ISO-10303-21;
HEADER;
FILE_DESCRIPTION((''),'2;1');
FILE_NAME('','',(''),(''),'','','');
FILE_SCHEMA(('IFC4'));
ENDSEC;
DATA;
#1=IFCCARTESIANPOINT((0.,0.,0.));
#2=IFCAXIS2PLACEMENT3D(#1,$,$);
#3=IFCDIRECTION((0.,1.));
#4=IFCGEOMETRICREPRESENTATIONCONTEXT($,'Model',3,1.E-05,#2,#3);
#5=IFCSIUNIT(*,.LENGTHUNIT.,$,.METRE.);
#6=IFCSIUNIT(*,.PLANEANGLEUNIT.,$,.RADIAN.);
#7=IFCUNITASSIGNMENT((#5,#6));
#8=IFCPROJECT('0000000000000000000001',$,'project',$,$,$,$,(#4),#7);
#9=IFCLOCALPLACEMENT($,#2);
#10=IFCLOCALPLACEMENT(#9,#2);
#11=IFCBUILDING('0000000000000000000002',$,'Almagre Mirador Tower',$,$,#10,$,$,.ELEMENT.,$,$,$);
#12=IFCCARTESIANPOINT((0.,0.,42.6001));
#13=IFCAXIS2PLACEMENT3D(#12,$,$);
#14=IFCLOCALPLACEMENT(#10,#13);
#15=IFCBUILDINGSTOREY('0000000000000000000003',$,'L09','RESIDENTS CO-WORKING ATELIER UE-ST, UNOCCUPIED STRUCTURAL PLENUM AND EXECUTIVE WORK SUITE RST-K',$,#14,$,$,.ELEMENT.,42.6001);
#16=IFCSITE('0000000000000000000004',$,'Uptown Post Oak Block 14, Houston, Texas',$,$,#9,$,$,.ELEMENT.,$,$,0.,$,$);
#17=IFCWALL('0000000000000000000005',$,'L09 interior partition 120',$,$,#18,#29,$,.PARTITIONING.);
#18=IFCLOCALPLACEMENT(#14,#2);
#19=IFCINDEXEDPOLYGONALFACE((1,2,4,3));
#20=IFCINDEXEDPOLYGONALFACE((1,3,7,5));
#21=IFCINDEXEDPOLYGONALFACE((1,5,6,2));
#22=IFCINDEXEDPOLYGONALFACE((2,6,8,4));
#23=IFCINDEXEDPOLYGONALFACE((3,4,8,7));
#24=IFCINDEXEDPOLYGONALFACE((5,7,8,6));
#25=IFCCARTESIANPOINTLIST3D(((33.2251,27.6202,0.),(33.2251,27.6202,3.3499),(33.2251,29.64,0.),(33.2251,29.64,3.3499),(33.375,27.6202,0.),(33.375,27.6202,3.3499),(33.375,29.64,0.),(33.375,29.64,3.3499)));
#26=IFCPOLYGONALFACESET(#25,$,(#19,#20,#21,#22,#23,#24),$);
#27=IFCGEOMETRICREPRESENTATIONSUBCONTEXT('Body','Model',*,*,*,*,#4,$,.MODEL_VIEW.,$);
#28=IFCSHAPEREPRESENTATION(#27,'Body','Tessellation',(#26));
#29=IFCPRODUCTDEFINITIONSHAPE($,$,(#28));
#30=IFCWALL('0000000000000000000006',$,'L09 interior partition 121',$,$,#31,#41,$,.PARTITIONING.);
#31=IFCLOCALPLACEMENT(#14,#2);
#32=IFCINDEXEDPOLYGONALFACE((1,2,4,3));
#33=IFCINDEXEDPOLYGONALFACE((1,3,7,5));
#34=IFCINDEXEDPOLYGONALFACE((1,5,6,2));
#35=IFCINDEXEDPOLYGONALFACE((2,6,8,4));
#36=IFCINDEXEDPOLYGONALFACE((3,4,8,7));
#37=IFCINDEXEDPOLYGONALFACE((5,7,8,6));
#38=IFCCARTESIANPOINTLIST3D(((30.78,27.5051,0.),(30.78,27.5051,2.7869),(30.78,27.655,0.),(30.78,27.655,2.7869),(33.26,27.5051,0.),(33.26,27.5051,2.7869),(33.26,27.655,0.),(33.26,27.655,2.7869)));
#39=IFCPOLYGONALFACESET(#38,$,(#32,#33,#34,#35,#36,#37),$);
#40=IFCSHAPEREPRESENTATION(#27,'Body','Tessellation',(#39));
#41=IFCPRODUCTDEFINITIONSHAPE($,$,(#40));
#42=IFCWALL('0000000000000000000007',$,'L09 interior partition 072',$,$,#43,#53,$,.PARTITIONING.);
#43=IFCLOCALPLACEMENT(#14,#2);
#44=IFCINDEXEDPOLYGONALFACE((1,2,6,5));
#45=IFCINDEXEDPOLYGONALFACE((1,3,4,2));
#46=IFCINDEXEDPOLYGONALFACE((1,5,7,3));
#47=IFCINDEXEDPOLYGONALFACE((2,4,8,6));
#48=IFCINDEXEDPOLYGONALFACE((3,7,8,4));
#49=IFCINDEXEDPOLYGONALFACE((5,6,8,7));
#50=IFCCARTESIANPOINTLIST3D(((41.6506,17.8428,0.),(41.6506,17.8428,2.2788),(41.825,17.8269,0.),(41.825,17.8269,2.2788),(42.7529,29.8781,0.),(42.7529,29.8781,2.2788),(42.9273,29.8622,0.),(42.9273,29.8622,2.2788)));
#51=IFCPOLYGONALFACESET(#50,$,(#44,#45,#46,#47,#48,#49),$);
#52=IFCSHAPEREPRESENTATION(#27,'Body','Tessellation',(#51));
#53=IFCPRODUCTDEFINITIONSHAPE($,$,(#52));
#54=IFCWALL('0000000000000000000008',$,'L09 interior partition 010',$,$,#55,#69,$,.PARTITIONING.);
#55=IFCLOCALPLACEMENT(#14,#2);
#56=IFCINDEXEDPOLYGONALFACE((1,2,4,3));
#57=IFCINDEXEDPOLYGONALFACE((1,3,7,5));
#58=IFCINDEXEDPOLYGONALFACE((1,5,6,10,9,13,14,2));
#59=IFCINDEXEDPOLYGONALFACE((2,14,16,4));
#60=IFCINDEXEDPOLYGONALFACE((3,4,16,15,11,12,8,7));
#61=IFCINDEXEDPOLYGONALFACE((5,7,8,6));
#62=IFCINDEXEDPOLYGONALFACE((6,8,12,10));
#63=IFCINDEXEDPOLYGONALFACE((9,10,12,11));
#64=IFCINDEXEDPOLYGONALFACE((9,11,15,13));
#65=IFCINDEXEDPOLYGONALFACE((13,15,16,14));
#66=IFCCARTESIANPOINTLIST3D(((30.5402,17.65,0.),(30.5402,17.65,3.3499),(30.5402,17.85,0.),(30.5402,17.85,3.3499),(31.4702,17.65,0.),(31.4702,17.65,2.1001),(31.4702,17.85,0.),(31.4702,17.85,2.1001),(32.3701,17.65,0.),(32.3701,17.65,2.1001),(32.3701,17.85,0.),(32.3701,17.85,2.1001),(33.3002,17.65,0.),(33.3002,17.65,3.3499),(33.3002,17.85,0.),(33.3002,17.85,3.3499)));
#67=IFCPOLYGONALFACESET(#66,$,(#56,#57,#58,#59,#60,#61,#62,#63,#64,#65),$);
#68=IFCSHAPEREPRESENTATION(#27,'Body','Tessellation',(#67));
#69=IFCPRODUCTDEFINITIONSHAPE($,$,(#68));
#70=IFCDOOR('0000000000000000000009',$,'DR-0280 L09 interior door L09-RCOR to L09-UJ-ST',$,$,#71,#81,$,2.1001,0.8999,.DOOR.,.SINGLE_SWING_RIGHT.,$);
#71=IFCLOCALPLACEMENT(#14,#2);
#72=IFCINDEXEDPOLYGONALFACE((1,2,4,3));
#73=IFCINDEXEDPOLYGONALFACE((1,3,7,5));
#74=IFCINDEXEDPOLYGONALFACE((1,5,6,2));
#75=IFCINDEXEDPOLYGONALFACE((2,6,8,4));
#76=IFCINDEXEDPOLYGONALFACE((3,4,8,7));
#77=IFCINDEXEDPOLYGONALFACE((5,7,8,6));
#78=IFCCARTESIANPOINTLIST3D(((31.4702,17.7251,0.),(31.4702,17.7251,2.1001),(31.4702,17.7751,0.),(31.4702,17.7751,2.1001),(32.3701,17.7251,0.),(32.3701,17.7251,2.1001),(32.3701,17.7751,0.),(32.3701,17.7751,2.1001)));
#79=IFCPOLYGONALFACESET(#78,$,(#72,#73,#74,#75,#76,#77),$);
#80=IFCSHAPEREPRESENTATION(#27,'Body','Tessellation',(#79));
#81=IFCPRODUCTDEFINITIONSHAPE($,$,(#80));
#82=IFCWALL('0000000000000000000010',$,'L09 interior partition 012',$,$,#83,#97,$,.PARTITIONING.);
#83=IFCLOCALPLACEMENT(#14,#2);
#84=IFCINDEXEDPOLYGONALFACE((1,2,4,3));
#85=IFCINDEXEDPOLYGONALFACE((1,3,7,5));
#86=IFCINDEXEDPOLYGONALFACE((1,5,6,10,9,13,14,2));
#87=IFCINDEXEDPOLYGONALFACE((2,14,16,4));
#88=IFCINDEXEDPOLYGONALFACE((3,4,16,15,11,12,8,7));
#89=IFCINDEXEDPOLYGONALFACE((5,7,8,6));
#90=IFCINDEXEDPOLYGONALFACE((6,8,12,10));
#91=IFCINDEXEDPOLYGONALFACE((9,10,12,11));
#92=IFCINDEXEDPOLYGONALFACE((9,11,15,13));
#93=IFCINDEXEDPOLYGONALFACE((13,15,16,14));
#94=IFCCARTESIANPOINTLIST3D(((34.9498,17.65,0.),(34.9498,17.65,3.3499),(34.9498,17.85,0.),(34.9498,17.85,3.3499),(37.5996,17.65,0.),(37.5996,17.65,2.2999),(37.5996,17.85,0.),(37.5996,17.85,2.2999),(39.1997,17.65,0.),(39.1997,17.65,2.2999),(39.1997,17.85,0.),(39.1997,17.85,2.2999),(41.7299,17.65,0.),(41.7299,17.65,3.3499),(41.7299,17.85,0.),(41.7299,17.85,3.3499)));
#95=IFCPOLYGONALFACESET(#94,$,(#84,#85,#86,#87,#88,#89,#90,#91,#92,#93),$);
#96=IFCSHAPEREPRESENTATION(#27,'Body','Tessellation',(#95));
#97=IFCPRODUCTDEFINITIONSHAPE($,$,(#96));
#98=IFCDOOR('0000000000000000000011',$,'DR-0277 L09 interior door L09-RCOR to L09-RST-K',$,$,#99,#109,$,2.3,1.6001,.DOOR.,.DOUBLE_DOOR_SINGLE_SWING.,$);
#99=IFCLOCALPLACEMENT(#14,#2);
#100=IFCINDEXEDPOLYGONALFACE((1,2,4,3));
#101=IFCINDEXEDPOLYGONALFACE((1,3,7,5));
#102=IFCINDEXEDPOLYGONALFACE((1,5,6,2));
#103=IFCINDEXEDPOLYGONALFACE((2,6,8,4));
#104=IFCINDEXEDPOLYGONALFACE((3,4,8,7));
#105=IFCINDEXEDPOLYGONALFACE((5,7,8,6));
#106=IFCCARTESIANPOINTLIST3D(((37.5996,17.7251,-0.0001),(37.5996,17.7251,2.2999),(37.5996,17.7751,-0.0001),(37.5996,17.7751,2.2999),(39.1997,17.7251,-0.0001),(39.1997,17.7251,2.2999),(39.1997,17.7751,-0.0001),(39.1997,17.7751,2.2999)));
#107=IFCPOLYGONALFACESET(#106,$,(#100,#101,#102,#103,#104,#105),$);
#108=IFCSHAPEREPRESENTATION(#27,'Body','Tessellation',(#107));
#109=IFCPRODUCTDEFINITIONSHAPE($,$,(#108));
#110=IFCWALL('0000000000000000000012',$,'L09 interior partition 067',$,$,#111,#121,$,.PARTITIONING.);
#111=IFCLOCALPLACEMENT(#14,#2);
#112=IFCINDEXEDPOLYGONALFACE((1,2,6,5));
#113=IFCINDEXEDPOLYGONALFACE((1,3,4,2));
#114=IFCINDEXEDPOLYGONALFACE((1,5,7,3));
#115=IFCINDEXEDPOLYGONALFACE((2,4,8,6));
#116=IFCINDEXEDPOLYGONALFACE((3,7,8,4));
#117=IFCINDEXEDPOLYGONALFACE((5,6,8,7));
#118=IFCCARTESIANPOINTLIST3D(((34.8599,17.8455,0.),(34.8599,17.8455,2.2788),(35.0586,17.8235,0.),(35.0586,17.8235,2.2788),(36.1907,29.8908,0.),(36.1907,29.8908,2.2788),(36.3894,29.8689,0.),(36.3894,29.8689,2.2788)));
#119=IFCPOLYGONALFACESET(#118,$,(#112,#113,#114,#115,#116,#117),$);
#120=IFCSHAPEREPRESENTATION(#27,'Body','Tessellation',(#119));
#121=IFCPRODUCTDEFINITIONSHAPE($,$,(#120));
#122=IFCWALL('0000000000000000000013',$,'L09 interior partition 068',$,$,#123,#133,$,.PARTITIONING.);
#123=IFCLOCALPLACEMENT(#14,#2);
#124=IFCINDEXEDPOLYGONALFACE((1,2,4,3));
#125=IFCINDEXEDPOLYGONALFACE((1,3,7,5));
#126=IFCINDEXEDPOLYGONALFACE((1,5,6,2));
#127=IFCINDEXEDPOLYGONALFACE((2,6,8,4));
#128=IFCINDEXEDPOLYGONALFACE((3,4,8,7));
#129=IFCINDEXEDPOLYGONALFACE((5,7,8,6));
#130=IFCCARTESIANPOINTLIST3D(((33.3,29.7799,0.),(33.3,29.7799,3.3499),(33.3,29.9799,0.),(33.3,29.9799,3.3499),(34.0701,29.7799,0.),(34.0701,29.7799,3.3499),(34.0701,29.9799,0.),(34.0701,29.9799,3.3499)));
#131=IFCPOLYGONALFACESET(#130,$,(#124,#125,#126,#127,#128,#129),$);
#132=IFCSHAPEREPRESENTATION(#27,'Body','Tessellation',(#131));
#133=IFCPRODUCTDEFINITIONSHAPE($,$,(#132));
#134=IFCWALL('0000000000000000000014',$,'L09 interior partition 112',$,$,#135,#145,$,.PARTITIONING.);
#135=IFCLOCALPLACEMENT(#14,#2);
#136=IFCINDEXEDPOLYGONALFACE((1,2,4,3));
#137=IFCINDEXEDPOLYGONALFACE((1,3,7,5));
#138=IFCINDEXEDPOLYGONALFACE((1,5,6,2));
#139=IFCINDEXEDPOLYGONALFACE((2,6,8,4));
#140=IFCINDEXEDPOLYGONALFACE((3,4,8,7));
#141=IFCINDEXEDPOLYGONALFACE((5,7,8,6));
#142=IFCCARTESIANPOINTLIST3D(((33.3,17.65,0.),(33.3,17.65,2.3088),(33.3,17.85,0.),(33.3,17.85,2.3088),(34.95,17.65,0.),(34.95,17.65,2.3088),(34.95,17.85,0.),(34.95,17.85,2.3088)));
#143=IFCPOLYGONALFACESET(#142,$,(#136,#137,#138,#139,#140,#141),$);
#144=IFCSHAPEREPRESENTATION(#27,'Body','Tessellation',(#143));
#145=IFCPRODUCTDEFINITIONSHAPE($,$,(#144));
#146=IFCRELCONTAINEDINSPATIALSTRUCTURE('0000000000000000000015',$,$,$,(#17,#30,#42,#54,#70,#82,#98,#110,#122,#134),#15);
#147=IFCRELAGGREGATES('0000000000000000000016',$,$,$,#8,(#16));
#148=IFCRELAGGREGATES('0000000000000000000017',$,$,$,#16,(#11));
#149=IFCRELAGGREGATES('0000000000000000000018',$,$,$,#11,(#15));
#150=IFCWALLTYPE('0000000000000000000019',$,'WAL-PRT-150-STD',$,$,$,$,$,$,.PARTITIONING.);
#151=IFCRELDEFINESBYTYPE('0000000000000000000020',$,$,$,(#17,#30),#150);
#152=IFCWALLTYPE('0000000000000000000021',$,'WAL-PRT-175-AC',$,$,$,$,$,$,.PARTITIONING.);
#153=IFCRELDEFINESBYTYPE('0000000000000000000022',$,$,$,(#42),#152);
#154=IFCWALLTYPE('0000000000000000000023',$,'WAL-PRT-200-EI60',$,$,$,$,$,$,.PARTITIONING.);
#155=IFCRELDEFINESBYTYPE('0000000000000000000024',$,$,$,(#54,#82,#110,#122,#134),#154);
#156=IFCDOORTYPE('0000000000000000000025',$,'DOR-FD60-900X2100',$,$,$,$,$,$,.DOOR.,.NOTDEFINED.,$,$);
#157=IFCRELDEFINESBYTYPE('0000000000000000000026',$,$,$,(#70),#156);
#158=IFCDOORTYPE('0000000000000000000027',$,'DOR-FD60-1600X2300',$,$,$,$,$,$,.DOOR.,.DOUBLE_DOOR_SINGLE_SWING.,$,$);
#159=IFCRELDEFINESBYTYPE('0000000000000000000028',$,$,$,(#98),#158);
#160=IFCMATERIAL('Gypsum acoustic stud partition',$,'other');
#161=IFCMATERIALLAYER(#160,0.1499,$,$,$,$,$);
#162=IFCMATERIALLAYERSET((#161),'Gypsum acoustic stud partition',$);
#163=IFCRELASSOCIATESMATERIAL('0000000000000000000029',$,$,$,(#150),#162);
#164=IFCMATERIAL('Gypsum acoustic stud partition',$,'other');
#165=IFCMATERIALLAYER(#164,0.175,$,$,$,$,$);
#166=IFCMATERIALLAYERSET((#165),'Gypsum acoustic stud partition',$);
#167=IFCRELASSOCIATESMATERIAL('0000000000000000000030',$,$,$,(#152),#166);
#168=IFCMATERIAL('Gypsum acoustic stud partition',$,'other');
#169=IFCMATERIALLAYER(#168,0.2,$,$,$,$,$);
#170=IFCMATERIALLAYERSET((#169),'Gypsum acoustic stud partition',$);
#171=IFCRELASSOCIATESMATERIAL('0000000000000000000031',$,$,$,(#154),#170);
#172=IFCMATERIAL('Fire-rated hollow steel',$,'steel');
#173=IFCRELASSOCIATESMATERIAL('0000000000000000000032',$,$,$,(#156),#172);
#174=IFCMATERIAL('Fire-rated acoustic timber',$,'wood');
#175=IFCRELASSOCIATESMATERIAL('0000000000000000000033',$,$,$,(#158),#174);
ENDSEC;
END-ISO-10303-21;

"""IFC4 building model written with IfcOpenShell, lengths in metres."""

from ifc_helpers import new_model, si_unit, direction, frame, frame_2d, origin, place, context, subcontext, project, spatial, rectangle, extrude, material, layer, layer_set, type_object, element, fill, save


model = new_model("IFC4")

# Units and contexts
model_context = context("Model", 3, precision=1e-05, world=origin(), true_north=direction((0.0, 1.0)))
body_context = subcontext(model_context, "Body", "Model", "MODEL_VIEW")
ifc_project = project(units=[si_unit("LENGTHUNIT", "METRE"), si_unit("PLANEANGLEUNIT", "RADIAN")], contexts=[model_context])

# Site, building, storey
site_placement = place(None, origin())
site = spatial("IfcSite", under=ifc_project, at=site_placement, Name="Uptown Post Oak Block 14, Houston, Texas", CompositionType="ELEMENT", RefElevation=0.0)
building_placement = place(site_placement, origin())
building = spatial("IfcBuilding", under=site, at=building_placement, Name="Almagre Mirador Tower", CompositionType="ELEMENT")
storey_placement = place(building_placement, frame((0.0, 0.0, 42.6001)))
storey = spatial("IfcBuildingStorey", under=building, at=storey_placement, Name="L09", Description="RESIDENTS CO-WORKING ATELIER UE-ST, UNOCCUPIED STRUCTURAL PLENUM AND EXECUTIVE WORK SUITE RST-K", CompositionType="ELEMENT", Elevation=42.6001)

# Walls
ifc_material_1 = material(Name="Gypsum acoustic stud partition", Category="other")
ifc_layer_1 = layer(ifc_material_1, 0.1499)
ifc_layer_set_1 = layer_set([ifc_layer_1], Name="Gypsum acoustic stud partition")
wall_type_1 = type_object("IfcWallType", Name="WAL-PRT-150-STD", PredefinedType="PARTITIONING", material=ifc_layer_set_1)
wall_1_placement = place(storey_placement, frame((33.3, 29.6399, 0.0), z_axis=(0.0, 0.0, 1.0), x_axis=(0.0, -1.0, 0.0)))
element("IfcWall", 1, at=wall_1_placement, inside=storey, type_object=wall_type_1, Name="L09 interior partition 120", PredefinedType="PARTITIONING", context=body_context, shape_type="SweptSolid", body=[
    extrude(rectangle(XDim=2.0198, YDim=0.1499, at=frame_2d((1.0098, 0.0))), origin(), (0.0, 0.0, 1.0), 3.3499),
])
wall_2_placement = place(storey_placement, frame((33.26, 27.5801, 0.0), z_axis=(0.0, 0.0, 1.0), x_axis=(-1.0, 0.0, 0.0)))
element("IfcWall", 2, at=wall_2_placement, inside=storey, type_object=wall_type_1, Name="L09 interior partition 121", PredefinedType="PARTITIONING", context=body_context, shape_type="SweptSolid", body=[
    extrude(rectangle(XDim=2.48, YDim=0.1499, at=frame_2d((1.24, 0.0))), origin(), (0.0, 0.0, 1.0), 2.7869),
])
ifc_material_2 = material(Name="Gypsum acoustic stud partition", Category="other")
ifc_layer_2 = layer(ifc_material_2, 0.175)
ifc_layer_set_2 = layer_set([ifc_layer_2], Name="Gypsum acoustic stud partition")
wall_type_2 = type_object("IfcWallType", Name="WAL-PRT-175-AC", PredefinedType="PARTITIONING", material=ifc_layer_set_2)
wall_3_placement = place(storey_placement, frame((41.7378, 17.8347, 0.0), z_axis=(0.0, 0.0, 1.0), x_axis=(0.091206, 0.995832, 0.0)))
element("IfcWall", 3, at=wall_3_placement, inside=storey, type_object=wall_type_2, Name="L09 interior partition 072", PredefinedType="PARTITIONING", context=body_context, shape_type="SweptSolid", body=[
    extrude(rectangle(XDim=12.0857, YDim=0.175, at=frame_2d((6.043, 0.0))), origin(), (0.0, 0.0, 1.0), 2.2788),
])

# Walls, openings, doors
ifc_material_3 = material(Name="Gypsum acoustic stud partition", Category="other")
ifc_layer_3 = layer(ifc_material_3, 0.2)
ifc_layer_set_3 = layer_set([ifc_layer_3], Name="Gypsum acoustic stud partition")
wall_type_3 = type_object("IfcWallType", Name="WAL-PRT-200-EI60", PredefinedType="PARTITIONING", material=ifc_layer_set_3)
wall_4_placement = place(storey_placement, frame((33.3, 17.75, 0.0), z_axis=(0.0, 0.0, 1.0), x_axis=(-1.0, 0.0, 0.0)))
wall_4 = element("IfcWall", 4, at=wall_4_placement, inside=storey, type_object=wall_type_3, Name="L09 interior partition 010", PredefinedType="PARTITIONING", context=body_context, shape_type="SweptSolid", body=[
    extrude(rectangle(XDim=2.76, YDim=0.2, at=frame_2d((1.3799, 0.0))), origin(), (0.0, 0.0, 1.0), 3.3499),
])
opening_1_placement = place(wall_4_placement, frame((0.9299, 0.0, 0.0)))
opening_1 = element("IfcOpeningElement", 5, at=opening_1_placement, cuts=wall_4, PredefinedType="OPENING", context=body_context, shape_type="SweptSolid", body=[
    extrude(rectangle(XDim=0.8999, YDim=2.1001, at=frame_2d((0.45, 1.05))), frame((0.0, 0.1101, 0.0), z_axis=(0.0, -1.0, 0.0), x_axis=(1.0, 0.0, 0.0)), (0.0, 0.0, 1.0), 0.22),
])
ifc_material_4 = material(Name="Fire-rated hollow steel", Category="steel")
door_type_1 = type_object("IfcDoorType", Name="DOR-FD60-900X2100", OperationType="NOTDEFINED", PredefinedType="DOOR", material=ifc_material_4)
door_1_placement = place(opening_1_placement, origin())
door_1 = element("IfcDoor", 6, at=door_1_placement, inside=storey, type_object=door_type_1, Name="DR-0280 L09 interior door L09-RCOR to L09-UJ-ST", OperationType="SINGLE_SWING_RIGHT", OverallHeight=2.1001, OverallWidth=0.8999, PredefinedType="DOOR", context=body_context, shape_type="SweptSolid", body=[
    extrude(rectangle(XDim=0.8999, YDim=2.1001, at=frame_2d((0.45, 1.05))), frame((0.0, 0.0249, 0.0), z_axis=(0.0, -1.0, 0.0), x_axis=(1.0, 0.0, 0.0)), (0.0, 0.0, 1.0), 0.05),
])
fill(opening_1, door_1)
wall_5_placement = place(storey_placement, frame((41.73, 17.75, 0.0), z_axis=(0.0, 0.0, 1.0), x_axis=(-1.0, 0.0, 0.0)))
wall_5 = element("IfcWall", 7, at=wall_5_placement, inside=storey, type_object=wall_type_3, Name="L09 interior partition 012", PredefinedType="PARTITIONING", context=body_context, shape_type="SweptSolid", body=[
    extrude(rectangle(XDim=6.78, YDim=0.2, at=frame_2d((3.3901, 0.0))), origin(), (0.0, 0.0, 1.0), 3.3499),
])
opening_2_placement = place(wall_5_placement, frame((2.5303, 0.0, 0.0)))
opening_2 = element("IfcOpeningElement", 8, at=opening_2_placement, cuts=wall_5, PredefinedType="OPENING", context=body_context, shape_type="SweptSolid", body=[
    extrude(rectangle(XDim=1.6001, YDim=2.3, at=frame_2d((0.8, 1.1499))), frame((0.0, 0.1101, 0.0), z_axis=(0.0, -1.0, 0.0), x_axis=(1.0, 0.0, 0.0)), (0.0, 0.0, 1.0), 0.22),
])
ifc_material_5 = material(Name="Fire-rated acoustic timber", Category="wood")
door_type_2 = type_object("IfcDoorType", Name="DOR-FD60-1600X2300", OperationType="DOUBLE_DOOR_SINGLE_SWING", PredefinedType="DOOR", material=ifc_material_5)
door_2_placement = place(opening_2_placement, origin())
door_2 = element("IfcDoor", 9, at=door_2_placement, inside=storey, type_object=door_type_2, Name="DR-0277 L09 interior door L09-RCOR to L09-RST-K", OperationType="DOUBLE_DOOR_SINGLE_SWING", OverallHeight=2.3, OverallWidth=1.6001, PredefinedType="DOOR", context=body_context, shape_type="SweptSolid", body=[
    extrude(rectangle(XDim=1.6001, YDim=2.3, at=frame_2d((0.8, 1.1499))), frame((0.0, 0.0249, 0.0), z_axis=(0.0, -1.0, 0.0), x_axis=(1.0, 0.0, 0.0)), (0.0, 0.0, 1.0), 0.05),
])
fill(opening_2, door_2)

# Walls
wall_6_placement = place(storey_placement, frame((34.9592, 17.8345, 0.0), z_axis=(0.0, 0.0, 1.0), x_axis=(0.109815, 0.993952, 0.0)))
element("IfcWall", 10, at=wall_6_placement, inside=storey, type_object=wall_type_3, Name="L09 interior partition 067", PredefinedType="PARTITIONING", context=body_context, shape_type="SweptSolid", body=[
    extrude(rectangle(XDim=12.1187, YDim=0.2, at=frame_2d((6.0593, 0.0))), origin(), (0.0, 0.0, 1.0), 2.2788),
])
wall_7_placement = place(storey_placement, frame((34.0701, 29.8799, 0.0), z_axis=(0.0, 0.0, 1.0), x_axis=(-1.0, 0.0, 0.0)))
element("IfcWall", 11, at=wall_7_placement, inside=storey, type_object=wall_type_3, Name="L09 interior partition 068", PredefinedType="PARTITIONING", context=body_context, shape_type="SweptSolid", body=[
    extrude(rectangle(XDim=0.77, YDim=0.2, at=frame_2d((0.385, 0.0))), origin(), (0.0, 0.0, 1.0), 3.3499),
])
wall_8_placement = place(storey_placement, frame((34.95, 17.75, 0.0), z_axis=(0.0, 0.0, 1.0), x_axis=(-1.0, 0.0, 0.0)))
element("IfcWall", 12, at=wall_8_placement, inside=storey, type_object=wall_type_3, Name="L09 interior partition 112", PredefinedType="PARTITIONING", context=body_context, shape_type="SweptSolid", body=[
    extrude(rectangle(XDim=1.6499, YDim=0.2, at=frame_2d((0.825, 0.0))), origin(), (0.0, 0.0, 1.0), 2.3088),
])

save(model, "model.ifc")
